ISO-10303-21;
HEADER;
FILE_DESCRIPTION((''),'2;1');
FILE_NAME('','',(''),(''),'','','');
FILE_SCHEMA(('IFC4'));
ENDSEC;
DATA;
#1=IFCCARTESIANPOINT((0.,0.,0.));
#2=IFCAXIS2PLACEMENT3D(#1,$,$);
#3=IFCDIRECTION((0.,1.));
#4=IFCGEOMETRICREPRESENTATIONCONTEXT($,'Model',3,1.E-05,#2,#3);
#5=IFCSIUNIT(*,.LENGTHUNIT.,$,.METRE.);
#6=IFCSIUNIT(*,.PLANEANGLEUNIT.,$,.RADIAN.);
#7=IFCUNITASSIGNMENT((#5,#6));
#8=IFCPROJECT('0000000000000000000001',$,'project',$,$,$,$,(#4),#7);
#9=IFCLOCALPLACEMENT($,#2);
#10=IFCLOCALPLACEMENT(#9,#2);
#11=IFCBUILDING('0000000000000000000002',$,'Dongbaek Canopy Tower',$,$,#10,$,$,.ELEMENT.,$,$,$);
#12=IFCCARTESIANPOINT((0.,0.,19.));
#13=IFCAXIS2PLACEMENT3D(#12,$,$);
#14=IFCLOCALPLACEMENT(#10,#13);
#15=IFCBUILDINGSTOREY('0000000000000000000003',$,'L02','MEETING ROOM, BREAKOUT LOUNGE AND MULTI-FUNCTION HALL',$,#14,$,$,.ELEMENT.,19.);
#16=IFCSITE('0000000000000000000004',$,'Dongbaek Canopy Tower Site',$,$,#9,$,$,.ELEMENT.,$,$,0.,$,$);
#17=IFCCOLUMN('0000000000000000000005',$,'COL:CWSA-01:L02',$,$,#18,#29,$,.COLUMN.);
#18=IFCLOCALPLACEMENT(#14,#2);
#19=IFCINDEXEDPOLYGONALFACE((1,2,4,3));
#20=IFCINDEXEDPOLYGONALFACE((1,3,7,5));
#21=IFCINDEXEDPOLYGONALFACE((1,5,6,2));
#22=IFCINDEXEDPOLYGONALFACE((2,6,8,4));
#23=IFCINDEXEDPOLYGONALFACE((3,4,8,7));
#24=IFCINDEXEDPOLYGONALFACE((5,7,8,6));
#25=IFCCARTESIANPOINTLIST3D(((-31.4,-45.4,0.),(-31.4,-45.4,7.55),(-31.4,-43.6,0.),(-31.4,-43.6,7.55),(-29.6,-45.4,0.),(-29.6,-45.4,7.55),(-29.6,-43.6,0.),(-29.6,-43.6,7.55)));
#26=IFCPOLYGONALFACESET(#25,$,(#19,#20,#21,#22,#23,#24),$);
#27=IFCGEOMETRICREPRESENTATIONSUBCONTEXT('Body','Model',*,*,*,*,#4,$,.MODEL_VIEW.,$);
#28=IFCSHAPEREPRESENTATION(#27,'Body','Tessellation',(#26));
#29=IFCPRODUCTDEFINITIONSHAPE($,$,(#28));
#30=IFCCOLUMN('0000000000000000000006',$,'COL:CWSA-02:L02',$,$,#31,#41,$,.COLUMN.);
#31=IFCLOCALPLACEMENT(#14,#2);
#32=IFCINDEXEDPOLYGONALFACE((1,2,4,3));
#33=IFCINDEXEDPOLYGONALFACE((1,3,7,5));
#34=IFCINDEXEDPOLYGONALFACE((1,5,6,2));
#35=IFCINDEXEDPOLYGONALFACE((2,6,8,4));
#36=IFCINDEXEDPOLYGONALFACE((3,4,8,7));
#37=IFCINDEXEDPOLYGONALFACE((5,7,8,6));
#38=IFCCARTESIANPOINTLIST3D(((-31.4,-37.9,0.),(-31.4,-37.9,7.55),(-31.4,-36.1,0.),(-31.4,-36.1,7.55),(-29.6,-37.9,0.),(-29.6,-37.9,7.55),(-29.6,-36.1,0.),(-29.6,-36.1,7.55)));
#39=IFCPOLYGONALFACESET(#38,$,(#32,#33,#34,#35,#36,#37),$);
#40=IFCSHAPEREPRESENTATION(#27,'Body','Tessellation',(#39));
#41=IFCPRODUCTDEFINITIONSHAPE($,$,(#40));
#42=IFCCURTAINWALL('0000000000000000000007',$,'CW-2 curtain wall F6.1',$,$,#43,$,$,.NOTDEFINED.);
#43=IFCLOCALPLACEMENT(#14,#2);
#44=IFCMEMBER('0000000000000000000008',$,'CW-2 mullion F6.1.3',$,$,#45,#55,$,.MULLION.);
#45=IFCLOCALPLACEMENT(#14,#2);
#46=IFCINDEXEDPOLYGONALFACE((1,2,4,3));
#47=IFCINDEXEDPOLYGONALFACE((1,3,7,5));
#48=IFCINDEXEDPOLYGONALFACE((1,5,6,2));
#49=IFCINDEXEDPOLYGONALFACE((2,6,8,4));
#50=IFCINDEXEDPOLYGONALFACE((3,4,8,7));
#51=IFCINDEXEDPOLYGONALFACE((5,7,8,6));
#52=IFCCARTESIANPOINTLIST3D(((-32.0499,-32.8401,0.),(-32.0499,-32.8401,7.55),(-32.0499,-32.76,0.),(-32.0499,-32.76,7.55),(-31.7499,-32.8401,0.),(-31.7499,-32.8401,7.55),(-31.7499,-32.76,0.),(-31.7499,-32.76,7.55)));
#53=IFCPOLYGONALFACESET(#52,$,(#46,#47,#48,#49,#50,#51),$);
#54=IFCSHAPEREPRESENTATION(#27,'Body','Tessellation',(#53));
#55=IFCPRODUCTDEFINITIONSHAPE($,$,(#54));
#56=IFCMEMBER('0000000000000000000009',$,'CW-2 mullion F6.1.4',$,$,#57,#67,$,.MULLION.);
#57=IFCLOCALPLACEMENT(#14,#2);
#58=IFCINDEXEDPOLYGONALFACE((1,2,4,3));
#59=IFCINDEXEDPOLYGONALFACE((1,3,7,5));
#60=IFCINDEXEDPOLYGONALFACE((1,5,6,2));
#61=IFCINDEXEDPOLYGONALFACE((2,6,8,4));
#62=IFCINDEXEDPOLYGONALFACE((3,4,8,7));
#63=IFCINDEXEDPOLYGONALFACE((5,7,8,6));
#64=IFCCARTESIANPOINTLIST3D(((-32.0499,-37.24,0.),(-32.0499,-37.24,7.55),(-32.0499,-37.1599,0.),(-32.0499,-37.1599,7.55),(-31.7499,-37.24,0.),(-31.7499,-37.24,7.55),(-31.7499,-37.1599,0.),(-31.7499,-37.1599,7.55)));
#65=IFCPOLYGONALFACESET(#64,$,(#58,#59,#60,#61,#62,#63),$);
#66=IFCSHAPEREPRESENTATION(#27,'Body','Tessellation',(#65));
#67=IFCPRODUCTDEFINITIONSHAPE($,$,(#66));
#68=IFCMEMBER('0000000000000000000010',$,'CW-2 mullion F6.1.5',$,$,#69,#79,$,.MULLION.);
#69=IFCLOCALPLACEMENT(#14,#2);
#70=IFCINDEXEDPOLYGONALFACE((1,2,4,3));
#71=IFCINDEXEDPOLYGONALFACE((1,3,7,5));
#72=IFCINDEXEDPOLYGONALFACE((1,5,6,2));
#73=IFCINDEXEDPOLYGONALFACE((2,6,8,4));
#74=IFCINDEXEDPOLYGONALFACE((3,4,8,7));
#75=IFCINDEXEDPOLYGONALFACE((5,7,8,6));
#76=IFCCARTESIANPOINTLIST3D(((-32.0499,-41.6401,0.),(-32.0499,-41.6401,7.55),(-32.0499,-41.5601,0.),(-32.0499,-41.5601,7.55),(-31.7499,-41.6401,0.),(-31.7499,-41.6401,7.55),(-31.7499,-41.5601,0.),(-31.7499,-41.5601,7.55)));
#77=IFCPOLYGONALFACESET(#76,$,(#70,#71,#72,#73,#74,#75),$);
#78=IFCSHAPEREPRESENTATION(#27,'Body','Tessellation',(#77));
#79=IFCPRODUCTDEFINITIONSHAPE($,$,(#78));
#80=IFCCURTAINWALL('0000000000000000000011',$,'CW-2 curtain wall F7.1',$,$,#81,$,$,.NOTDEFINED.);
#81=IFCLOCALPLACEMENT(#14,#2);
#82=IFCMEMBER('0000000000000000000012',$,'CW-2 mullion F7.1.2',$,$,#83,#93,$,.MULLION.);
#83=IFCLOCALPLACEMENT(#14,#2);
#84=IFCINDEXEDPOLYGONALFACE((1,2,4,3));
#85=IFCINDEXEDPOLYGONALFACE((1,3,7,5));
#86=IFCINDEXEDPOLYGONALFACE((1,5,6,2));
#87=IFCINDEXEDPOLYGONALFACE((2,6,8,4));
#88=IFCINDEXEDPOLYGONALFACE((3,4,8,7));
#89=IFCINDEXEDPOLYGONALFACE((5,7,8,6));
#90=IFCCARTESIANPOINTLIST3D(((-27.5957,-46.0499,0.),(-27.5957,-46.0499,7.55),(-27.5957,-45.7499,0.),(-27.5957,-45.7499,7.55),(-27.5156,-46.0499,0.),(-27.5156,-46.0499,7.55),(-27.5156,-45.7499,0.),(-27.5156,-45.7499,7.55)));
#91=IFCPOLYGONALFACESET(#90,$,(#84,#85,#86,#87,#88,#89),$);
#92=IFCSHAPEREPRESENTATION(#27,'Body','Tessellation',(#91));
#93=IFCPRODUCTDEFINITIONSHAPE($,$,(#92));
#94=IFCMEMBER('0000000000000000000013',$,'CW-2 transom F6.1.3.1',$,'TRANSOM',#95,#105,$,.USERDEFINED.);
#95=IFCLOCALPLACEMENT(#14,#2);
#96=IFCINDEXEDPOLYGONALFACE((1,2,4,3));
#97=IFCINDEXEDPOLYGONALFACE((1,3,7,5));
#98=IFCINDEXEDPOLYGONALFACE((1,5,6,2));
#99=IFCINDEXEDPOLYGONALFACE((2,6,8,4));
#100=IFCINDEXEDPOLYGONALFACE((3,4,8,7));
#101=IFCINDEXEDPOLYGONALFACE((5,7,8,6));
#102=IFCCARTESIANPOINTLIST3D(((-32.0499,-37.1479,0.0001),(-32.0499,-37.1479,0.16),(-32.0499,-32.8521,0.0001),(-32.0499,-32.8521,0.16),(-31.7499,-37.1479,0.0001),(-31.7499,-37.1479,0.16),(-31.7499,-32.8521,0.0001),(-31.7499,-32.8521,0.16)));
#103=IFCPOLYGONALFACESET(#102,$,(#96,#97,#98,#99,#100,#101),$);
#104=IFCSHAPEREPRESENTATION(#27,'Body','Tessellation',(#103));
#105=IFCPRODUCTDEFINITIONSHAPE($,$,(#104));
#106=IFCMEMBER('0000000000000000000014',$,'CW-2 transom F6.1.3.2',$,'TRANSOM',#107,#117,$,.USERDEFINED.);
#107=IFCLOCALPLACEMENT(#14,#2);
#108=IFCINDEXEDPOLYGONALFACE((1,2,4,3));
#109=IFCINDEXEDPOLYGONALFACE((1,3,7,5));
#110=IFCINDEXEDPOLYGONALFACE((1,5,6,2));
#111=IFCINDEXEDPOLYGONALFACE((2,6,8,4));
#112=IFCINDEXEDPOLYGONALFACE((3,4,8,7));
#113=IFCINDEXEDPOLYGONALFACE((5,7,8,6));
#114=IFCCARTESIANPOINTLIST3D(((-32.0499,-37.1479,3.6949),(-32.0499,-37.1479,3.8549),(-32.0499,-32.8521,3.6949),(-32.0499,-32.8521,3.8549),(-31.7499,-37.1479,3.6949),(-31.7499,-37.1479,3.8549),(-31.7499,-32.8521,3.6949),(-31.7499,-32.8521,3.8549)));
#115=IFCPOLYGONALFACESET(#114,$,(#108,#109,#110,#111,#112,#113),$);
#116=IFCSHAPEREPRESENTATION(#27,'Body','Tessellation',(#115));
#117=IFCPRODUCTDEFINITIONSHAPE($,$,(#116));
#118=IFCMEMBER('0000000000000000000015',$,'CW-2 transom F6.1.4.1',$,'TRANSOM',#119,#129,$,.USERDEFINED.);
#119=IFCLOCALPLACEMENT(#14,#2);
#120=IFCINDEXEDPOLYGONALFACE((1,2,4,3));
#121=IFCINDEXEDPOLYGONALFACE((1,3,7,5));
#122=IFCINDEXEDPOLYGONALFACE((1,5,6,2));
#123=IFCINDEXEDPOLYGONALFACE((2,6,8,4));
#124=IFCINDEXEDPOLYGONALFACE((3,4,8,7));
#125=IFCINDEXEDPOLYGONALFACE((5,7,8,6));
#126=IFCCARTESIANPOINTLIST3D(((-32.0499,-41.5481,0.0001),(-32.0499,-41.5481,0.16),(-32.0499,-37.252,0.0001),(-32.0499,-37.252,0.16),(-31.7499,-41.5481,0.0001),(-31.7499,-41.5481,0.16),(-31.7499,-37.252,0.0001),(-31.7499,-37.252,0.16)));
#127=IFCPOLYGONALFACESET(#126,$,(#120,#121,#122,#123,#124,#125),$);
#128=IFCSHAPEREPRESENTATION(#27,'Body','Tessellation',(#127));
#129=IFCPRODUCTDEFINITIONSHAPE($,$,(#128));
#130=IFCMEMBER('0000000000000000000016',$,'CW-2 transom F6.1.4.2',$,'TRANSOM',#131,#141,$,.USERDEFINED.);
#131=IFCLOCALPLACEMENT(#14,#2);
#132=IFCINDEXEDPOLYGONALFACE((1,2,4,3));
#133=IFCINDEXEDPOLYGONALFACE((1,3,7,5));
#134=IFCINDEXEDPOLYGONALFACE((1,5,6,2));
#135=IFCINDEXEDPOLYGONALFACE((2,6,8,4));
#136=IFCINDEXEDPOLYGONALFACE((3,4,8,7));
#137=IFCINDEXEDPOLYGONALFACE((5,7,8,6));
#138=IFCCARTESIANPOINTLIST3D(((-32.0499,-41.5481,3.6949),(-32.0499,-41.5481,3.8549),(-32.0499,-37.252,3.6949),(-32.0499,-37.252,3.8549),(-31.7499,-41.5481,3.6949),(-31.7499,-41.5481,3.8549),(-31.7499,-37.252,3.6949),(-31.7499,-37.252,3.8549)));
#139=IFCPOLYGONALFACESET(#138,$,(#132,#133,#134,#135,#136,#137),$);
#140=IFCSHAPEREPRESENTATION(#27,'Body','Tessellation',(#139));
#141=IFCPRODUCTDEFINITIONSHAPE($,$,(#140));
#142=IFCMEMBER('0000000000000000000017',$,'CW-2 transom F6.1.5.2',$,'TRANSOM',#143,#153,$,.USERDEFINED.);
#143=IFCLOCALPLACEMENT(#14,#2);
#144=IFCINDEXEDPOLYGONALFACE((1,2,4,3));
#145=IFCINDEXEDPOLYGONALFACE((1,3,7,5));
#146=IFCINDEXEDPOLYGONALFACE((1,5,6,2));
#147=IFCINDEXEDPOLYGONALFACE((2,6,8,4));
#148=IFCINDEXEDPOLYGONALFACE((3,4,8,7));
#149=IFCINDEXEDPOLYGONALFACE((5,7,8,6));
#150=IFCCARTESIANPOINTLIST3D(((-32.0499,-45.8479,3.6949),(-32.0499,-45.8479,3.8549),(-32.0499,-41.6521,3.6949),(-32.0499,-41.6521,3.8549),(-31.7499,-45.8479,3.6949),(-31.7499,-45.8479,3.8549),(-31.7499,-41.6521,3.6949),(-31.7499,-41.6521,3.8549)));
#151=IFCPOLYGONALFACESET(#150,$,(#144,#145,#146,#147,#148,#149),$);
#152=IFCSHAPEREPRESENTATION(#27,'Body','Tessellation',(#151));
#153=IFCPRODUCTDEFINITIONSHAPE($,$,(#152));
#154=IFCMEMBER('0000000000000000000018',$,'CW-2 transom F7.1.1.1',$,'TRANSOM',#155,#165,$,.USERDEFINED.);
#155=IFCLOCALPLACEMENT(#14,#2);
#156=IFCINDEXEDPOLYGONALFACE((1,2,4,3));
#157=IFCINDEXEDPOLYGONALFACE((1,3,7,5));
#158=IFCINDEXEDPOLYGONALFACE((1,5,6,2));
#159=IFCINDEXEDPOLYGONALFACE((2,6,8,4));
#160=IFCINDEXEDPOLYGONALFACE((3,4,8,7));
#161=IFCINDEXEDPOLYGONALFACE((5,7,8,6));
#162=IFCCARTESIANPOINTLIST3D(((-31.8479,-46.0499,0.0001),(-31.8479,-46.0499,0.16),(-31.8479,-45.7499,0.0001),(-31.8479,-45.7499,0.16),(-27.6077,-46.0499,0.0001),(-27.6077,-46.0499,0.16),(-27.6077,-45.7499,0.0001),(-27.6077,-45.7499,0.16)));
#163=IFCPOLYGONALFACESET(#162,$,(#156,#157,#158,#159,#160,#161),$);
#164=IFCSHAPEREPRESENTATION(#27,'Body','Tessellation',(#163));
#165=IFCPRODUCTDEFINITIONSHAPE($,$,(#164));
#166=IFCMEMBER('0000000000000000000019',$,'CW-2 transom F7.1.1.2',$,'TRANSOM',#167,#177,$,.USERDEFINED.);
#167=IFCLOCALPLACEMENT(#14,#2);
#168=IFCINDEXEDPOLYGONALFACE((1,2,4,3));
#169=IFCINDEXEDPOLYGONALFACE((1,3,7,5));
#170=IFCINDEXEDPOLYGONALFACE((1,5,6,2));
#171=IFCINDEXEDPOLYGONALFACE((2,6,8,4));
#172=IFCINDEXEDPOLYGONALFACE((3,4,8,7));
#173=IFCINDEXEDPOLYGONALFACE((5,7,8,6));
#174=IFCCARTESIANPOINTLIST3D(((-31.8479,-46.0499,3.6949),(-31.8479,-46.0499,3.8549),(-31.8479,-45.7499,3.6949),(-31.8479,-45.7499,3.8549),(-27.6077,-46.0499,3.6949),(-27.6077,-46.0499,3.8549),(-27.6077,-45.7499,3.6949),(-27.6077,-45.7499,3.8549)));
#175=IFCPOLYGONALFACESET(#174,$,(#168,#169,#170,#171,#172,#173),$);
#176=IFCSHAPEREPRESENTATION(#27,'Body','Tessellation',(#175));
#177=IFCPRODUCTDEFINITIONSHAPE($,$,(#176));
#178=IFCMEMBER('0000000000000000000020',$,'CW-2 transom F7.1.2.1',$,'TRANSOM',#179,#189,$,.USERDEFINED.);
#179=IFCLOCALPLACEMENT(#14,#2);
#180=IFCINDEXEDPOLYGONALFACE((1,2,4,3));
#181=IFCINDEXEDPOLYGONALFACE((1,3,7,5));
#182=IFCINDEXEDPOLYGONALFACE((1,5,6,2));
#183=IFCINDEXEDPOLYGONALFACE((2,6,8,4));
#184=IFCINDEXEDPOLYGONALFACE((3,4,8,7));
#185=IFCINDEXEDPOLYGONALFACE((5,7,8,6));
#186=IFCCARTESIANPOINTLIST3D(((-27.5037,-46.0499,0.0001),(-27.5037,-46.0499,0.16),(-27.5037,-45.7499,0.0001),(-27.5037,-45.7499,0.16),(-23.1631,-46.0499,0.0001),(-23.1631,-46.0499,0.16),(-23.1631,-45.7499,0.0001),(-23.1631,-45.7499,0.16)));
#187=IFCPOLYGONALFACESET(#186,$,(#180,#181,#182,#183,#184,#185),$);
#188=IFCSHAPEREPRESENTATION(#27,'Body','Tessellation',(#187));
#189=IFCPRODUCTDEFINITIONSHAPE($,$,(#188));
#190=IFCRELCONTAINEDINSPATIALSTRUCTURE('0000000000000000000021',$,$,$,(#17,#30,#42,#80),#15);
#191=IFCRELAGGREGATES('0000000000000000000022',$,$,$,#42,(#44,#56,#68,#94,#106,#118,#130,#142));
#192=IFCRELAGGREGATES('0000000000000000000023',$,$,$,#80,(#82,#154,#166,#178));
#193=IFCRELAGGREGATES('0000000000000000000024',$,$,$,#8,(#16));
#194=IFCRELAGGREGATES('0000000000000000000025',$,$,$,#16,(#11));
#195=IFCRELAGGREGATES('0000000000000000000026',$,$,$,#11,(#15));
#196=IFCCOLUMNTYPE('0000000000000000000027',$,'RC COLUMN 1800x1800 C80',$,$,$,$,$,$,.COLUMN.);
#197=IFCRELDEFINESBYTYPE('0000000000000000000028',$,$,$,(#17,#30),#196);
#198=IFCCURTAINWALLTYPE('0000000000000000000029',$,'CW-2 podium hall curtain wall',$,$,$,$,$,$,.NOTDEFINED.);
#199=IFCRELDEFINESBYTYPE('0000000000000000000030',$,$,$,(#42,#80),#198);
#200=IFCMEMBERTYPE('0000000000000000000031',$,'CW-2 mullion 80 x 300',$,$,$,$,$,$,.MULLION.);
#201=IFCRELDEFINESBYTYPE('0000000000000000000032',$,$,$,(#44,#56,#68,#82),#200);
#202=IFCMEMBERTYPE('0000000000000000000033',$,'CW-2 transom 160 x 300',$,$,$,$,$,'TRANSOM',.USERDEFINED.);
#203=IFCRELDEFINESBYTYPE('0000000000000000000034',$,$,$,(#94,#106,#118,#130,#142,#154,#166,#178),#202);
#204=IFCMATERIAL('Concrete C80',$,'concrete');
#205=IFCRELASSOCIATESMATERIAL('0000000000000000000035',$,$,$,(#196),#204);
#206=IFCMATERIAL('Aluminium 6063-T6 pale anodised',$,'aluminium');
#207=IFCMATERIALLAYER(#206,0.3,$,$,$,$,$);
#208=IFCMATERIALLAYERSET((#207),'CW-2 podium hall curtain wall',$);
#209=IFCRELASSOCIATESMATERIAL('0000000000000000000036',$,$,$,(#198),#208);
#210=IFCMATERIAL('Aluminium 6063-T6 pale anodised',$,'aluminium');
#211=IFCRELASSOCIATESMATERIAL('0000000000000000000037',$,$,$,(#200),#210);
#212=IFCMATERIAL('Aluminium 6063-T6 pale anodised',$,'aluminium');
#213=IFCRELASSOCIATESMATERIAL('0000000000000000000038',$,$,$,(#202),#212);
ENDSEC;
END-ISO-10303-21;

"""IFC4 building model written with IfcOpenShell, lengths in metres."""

from ifc_helpers import new_model, si_unit, direction, frame, origin, origin_2d, place, context, subcontext, project, spatial, rectangle, extrude, material, layer, layer_set, material_profile, profile_set, type_object, element, aggregate, save


model = new_model("IFC4")

# Units and contexts
model_context = context("Model", 3, precision=1e-05, world=origin(), true_north=direction((0.0, 1.0)))
body_context = subcontext(model_context, "Body", "Model", "MODEL_VIEW")
ifc_project = project(units=[si_unit("LENGTHUNIT", "METRE"), si_unit("PLANEANGLEUNIT", "RADIAN")], contexts=[model_context])

# Site, building, storey
site_placement = place(None, origin())
site = spatial("IfcSite", under=ifc_project, at=site_placement, Name="Dongbaek Canopy Tower Site", CompositionType="ELEMENT", RefElevation=0.0)
building_placement = place(site_placement, origin())
building = spatial("IfcBuilding", under=site, at=building_placement, Name="Dongbaek Canopy Tower", CompositionType="ELEMENT")
storey_placement = place(building_placement, frame((0.0, 0.0, 19.0)))
storey = spatial("IfcBuildingStorey", under=building, at=storey_placement, Name="L02", Description="MEETING ROOM, BREAKOUT LOUNGE AND MULTI-FUNCTION HALL", CompositionType="ELEMENT", Elevation=19.0)

# Columns
ifc_material_1 = material(Name="Concrete C80", Category="concrete")
ifc_material_profile_1 = material_profile(ifc_material_1, rectangle(XDim=1.8, YDim=1.8, at=origin_2d()), Name="RC COLUMN 1800x1800 C80")
ifc_profile_set_1 = profile_set([ifc_material_profile_1], Name="Concrete C80")
column_type = type_object("IfcColumnType", Name="RC COLUMN 1800x1800 C80", PredefinedType="COLUMN", material=ifc_profile_set_1)
for number, where, z_axis, x_axis, name in (
    (1, (-30.5, -44.5, 0.0), (0.0, 0.0, 1.0), (1.0, 0.0, 0.0), "COL:CWSA-01:L02"),
    (2, (-30.5, -37.0, 0.0), (0.0, 0.0, 1.0), (1.0, 0.0, 0.0), "COL:CWSA-02:L02"),
):
    element("IfcColumn", number, at=place(storey_placement, frame(where, z_axis=z_axis, x_axis=x_axis)), inside=storey, type_object=column_type, Name=name, PredefinedType="COLUMN", context=body_context, shape_type="SweptSolid", body=[
        extrude(rectangle(XDim=1.8, YDim=1.8, at=origin_2d()), origin(), (0.0, 0.0, 1.0), 7.55),
    ])

# Curtain wall, members
ifc_material_2 = material(Name="Aluminium 6063-T6 pale anodised", Category="aluminium")
ifc_layer_1 = layer(ifc_material_2, 0.3)
ifc_layer_set_1 = layer_set([ifc_layer_1], Name="CW-2 podium hall curtain wall")
curtain_wall_type = type_object("IfcCurtainWallType", Name="CW-2 podium hall curtain wall", PredefinedType="NOTDEFINED", material=ifc_layer_set_1)
curtain_wall_1_placement = place(storey_placement, origin())
curtain_wall_1 = element("IfcCurtainWall", 3, at=curtain_wall_1_placement, inside=storey, type_object=curtain_wall_type, Name="CW-2 curtain wall F6.1", PredefinedType="NOTDEFINED")
ifc_material_3 = material(Name="Aluminium 6063-T6 pale anodised", Category="aluminium")
ifc_material_profile_2 = material_profile(ifc_material_3, rectangle(XDim=0.3, YDim=0.0801, at=origin_2d()), Name="CW-2 mullion 80 x 300")
ifc_profile_set_2 = profile_set([ifc_material_profile_2], Name="Aluminium 6063-T6 pale anodised")
member_type_1 = type_object("IfcMemberType", Name="CW-2 mullion 80 x 300", PredefinedType="MULLION", material=ifc_profile_set_2)
member_1_placement = place(storey_placement, frame((-31.8999, -32.8, 0.0), z_axis=(0.0, 0.0, 1.0), x_axis=(-1.0, 0.0, 0.0)))
member_1 = element("IfcMember", 4, at=member_1_placement, type_object=member_type_1, Name="CW-2 mullion F6.1.3", PredefinedType="MULLION", context=body_context, shape_type="SweptSolid", body=[
    extrude(rectangle(XDim=0.3, YDim=0.0801, at=origin_2d()), origin(), (0.0, 0.0, 1.0), 7.55),
])
member_2_placement = place(storey_placement, frame((-31.8999, -37.2, 0.0), z_axis=(0.0, 0.0, 1.0), x_axis=(-1.0, 0.0, 0.0)))
member_2 = element("IfcMember", 5, at=member_2_placement, type_object=member_type_1, Name="CW-2 mullion F6.1.4", PredefinedType="MULLION", context=body_context, shape_type="SweptSolid", body=[
    extrude(rectangle(XDim=0.3, YDim=0.0801, at=origin_2d()), origin(), (0.0, 0.0, 1.0), 7.55),
])
member_3_placement = place(storey_placement, frame((-31.8999, -41.6001, 0.0), z_axis=(0.0, 0.0, 1.0), x_axis=(-1.0, 0.0, 0.0)))
member_3 = element("IfcMember", 6, at=member_3_placement, type_object=member_type_1, Name="CW-2 mullion F6.1.5", PredefinedType="MULLION", context=body_context, shape_type="SweptSolid", body=[
    extrude(rectangle(XDim=0.3, YDim=0.0801, at=origin_2d()), origin(), (0.0, 0.0, 1.0), 7.55),
])

# Curtain wall, member
curtain_wall_2_placement = place(storey_placement, origin())
curtain_wall_2 = element("IfcCurtainWall", 7, at=curtain_wall_2_placement, inside=storey, type_object=curtain_wall_type, Name="CW-2 curtain wall F7.1", PredefinedType="NOTDEFINED")
member_4_placement = place(storey_placement, frame((-27.5557, -45.8999, 0.0), z_axis=(0.0, 0.0, 1.0), x_axis=(0.0, -1.0, 0.0)))
member_4 = element("IfcMember", 8, at=member_4_placement, type_object=member_type_1, Name="CW-2 mullion F7.1.2", PredefinedType="MULLION", context=body_context, shape_type="SweptSolid", body=[
    extrude(rectangle(XDim=0.3, YDim=0.0801, at=origin_2d()), origin(), (0.0, 0.0, 1.0), 7.55),
])

# Members
ifc_material_4 = material(Name="Aluminium 6063-T6 pale anodised", Category="aluminium")
ifc_material_profile_3 = material_profile(ifc_material_4, rectangle(XDim=0.3, YDim=0.1599, at=origin_2d()), Name="CW-2 transom 160 x 300")
ifc_profile_set_3 = profile_set([ifc_material_profile_3], Name="Aluminium 6063-T6 pale anodised")
member_type_2 = type_object("IfcMemberType", Name="CW-2 transom 160 x 300", ElementType="TRANSOM", PredefinedType="USERDEFINED", material=ifc_profile_set_3)
member_5_placement = place(storey_placement, frame((-31.8999, -32.8521, 0.0801), z_axis=(0.0, -1.0, 0.0), x_axis=(1.0, 0.0, 0.0)))
member_5 = element("IfcMember", 9, at=member_5_placement, type_object=member_type_2, Name="CW-2 transom F6.1.3.1", ObjectType="TRANSOM", PredefinedType="USERDEFINED", context=body_context, shape_type="SweptSolid", body=[
    extrude(rectangle(XDim=0.3, YDim=0.1599, at=origin_2d()), origin(), (0.0, 0.0, 1.0), 4.2959),
])
member_6_placement = place(storey_placement, frame((-31.8999, -32.8521, 3.7749), z_axis=(0.0, -1.0, 0.0), x_axis=(1.0, 0.0, 0.0)))
member_6 = element("IfcMember", 10, at=member_6_placement, type_object=member_type_2, Name="CW-2 transom F6.1.3.2", ObjectType="TRANSOM", PredefinedType="USERDEFINED", context=body_context, shape_type="SweptSolid", body=[
    extrude(rectangle(XDim=0.3, YDim=0.1599, at=origin_2d()), origin(), (0.0, 0.0, 1.0), 4.2959),
])
member_7_placement = place(storey_placement, frame((-31.8999, -37.252, 0.0801), z_axis=(0.0, -1.0, 0.0), x_axis=(1.0, 0.0, 0.0)))
member_7 = element("IfcMember", 11, at=member_7_placement, type_object=member_type_2, Name="CW-2 transom F6.1.4.1", ObjectType="TRANSOM", PredefinedType="USERDEFINED", context=body_context, shape_type="SweptSolid", body=[
    extrude(rectangle(XDim=0.3, YDim=0.1599, at=origin_2d()), origin(), (0.0, 0.0, 1.0), 4.2961),
])
member_8_placement = place(storey_placement, frame((-31.8999, -37.252, 3.7749), z_axis=(0.0, -1.0, 0.0), x_axis=(1.0, 0.0, 0.0)))
member_8 = element("IfcMember", 12, at=member_8_placement, type_object=member_type_2, Name="CW-2 transom F6.1.4.2", ObjectType="TRANSOM", PredefinedType="USERDEFINED", context=body_context, shape_type="SweptSolid", body=[
    extrude(rectangle(XDim=0.3, YDim=0.1599, at=origin_2d()), origin(), (0.0, 0.0, 1.0), 4.2961),
])
member_9_placement = place(storey_placement, frame((-31.8999, -41.6521, 3.7749), z_axis=(0.0, -1.0, 0.0), x_axis=(1.0, 0.0, 0.0)))
member_9 = element("IfcMember", 13, at=member_9_placement, type_object=member_type_2, Name="CW-2 transom F6.1.5.2", ObjectType="TRANSOM", PredefinedType="USERDEFINED", context=body_context, shape_type="SweptSolid", body=[
    extrude(rectangle(XDim=0.3, YDim=0.1599, at=origin_2d()), origin(), (0.0, 0.0, 1.0), 4.1958),
])
member_10_placement = place(storey_placement, frame((-31.8479, -45.8999, 0.0801), z_axis=(1.0, 0.0, 0.0), x_axis=(0.0, 1.0, 0.0)))
member_10 = element("IfcMember", 14, at=member_10_placement, type_object=member_type_2, Name="CW-2 transom F7.1.1.1", ObjectType="TRANSOM", PredefinedType="USERDEFINED", context=body_context, shape_type="SweptSolid", body=[
    extrude(rectangle(XDim=0.3, YDim=0.1599, at=origin_2d()), origin(), (0.0, 0.0, 1.0), 4.2402),
])
member_11_placement = place(storey_placement, frame((-31.8479, -45.8999, 3.7749), z_axis=(1.0, 0.0, 0.0), x_axis=(0.0, 1.0, 0.0)))
member_11 = element("IfcMember", 15, at=member_11_placement, type_object=member_type_2, Name="CW-2 transom F7.1.1.2", ObjectType="TRANSOM", PredefinedType="USERDEFINED", context=body_context, shape_type="SweptSolid", body=[
    extrude(rectangle(XDim=0.3, YDim=0.1599, at=origin_2d()), origin(), (0.0, 0.0, 1.0), 4.2402),
])
member_12_placement = place(storey_placement, frame((-27.5037, -45.8999, 0.0801), z_axis=(1.0, 0.0, 0.0), x_axis=(0.0, 1.0, 0.0)))
member_12 = element("IfcMember", 16, at=member_12_placement, type_object=member_type_2, Name="CW-2 transom F7.1.2.1", ObjectType="TRANSOM", PredefinedType="USERDEFINED", context=body_context, shape_type="SweptSolid", body=[
    extrude(rectangle(XDim=0.3, YDim=0.1599, at=origin_2d()), origin(), (0.0, 0.0, 1.0), 4.3406),
])

aggregate(curtain_wall_1, [member_1, member_2, member_3, member_5, member_6, member_7, member_8, member_9])
aggregate(curtain_wall_2, [member_4, member_10, member_11, member_12])

save(model, "model.ifc")
